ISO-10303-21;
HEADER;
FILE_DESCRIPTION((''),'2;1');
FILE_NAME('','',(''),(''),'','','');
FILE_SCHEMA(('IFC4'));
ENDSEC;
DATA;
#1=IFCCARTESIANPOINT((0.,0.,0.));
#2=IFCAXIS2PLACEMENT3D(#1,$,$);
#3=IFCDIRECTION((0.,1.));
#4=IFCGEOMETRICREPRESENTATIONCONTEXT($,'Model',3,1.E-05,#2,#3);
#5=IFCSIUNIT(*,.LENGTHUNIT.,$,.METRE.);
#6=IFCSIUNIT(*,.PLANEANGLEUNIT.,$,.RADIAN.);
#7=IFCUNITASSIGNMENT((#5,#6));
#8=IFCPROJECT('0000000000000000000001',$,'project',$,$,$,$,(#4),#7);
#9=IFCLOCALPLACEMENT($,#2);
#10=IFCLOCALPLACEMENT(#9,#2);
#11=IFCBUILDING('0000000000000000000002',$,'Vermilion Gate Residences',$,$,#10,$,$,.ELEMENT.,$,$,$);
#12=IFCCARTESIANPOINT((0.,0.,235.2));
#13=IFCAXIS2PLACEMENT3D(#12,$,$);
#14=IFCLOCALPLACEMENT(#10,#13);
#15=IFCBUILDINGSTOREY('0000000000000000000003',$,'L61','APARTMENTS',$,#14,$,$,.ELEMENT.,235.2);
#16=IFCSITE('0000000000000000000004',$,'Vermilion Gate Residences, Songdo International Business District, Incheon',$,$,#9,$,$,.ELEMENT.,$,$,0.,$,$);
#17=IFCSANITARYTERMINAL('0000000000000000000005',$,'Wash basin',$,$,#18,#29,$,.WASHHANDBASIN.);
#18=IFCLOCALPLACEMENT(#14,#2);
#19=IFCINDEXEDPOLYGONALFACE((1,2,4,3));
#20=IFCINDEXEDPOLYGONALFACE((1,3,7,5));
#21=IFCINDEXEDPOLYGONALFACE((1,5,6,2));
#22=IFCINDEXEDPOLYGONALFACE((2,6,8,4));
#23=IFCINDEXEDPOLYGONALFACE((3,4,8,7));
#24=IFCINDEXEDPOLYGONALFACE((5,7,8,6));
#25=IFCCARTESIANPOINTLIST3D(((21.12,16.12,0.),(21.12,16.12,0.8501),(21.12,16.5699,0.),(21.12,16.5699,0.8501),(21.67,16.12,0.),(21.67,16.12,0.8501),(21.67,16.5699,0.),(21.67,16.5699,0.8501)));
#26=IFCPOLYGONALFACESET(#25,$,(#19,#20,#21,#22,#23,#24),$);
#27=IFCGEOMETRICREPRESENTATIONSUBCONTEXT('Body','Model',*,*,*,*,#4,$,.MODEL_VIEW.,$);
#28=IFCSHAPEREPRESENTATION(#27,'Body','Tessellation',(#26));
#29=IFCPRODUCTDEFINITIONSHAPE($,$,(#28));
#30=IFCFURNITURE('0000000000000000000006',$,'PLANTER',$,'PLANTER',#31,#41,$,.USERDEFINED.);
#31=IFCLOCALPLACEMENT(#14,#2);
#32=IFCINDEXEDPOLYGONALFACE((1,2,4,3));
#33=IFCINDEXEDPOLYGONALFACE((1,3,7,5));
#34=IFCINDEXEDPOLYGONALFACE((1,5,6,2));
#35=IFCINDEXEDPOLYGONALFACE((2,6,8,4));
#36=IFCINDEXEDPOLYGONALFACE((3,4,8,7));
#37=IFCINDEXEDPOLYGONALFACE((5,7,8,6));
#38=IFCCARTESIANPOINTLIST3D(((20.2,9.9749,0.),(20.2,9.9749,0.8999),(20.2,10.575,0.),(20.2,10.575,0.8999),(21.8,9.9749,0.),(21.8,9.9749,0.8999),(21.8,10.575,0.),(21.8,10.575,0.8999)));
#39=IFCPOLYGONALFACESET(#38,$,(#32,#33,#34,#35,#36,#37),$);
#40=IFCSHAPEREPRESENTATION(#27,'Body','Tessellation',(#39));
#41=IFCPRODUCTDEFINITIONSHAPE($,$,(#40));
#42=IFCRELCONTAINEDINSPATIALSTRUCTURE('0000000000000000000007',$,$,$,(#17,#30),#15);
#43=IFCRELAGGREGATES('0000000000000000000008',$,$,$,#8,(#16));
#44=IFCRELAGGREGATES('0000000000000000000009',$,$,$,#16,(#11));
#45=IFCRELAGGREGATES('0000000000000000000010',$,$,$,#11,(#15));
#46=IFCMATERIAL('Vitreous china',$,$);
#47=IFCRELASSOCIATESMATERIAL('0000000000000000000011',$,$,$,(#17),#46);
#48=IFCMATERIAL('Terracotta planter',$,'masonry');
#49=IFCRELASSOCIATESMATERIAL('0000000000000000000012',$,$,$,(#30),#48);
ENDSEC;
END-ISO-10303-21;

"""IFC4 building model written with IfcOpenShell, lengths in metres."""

from ifc_helpers import new_model, si_unit, direction, frame, origin, origin_2d, place, context, subcontext, project, spatial, rectangle, extrude, material, element, save


model = new_model("IFC4")

# Units and contexts
model_context = context("Model", 3, precision=1e-05, world=origin(), true_north=direction((0.0, 1.0)))
body_context = subcontext(model_context, "Body", "Model", "MODEL_VIEW")
ifc_project = project(units=[si_unit("LENGTHUNIT", "METRE"), si_unit("PLANEANGLEUNIT", "RADIAN")], contexts=[model_context])

# Site, building, storey
site_placement = place(None, origin())
site = spatial("IfcSite", under=ifc_project, at=site_placement, Name="Vermilion Gate Residences, Songdo International Business District, Incheon", CompositionType="ELEMENT", RefElevation=0.0)
building_placement = place(site_placement, origin())
building = spatial("IfcBuilding", under=site, at=building_placement, Name="Vermilion Gate Residences", CompositionType="ELEMENT")
storey_placement = place(building_placement, frame((0.0, 0.0, 235.2)))
storey = spatial("IfcBuildingStorey", under=building, at=storey_placement, Name="L61", Description="APARTMENTS", CompositionType="ELEMENT", Elevation=235.2)

# Sanitary terminal
ifc_material_1 = material(Name="Vitreous china")
sanitary_terminal_placement = place(storey_placement, frame((21.395, 16.345, 0.0), z_axis=(0.0, 0.0, 1.0), x_axis=(1.0, 0.0, 0.0)))
element("IfcSanitaryTerminal", 1, at=sanitary_terminal_placement, inside=storey, material=ifc_material_1, Name="Wash basin", PredefinedType="WASHHANDBASIN", context=body_context, shape_type="SweptSolid", body=[
    extrude(rectangle(XDim=0.55, YDim=0.45, at=origin_2d()), origin(), (0.0, 0.0, 1.0), 0.8501),
])

# Furniture
ifc_material_2 = material(Name="Terracotta planter", Category="masonry")
furniture_placement = place(storey_placement, frame((21.0, 10.2749, 0.0), z_axis=(0.0, 0.0, 1.0), x_axis=(1.0, 0.0, 0.0)))
element("IfcFurniture", 2, at=furniture_placement, inside=storey, material=ifc_material_2, Name="PLANTER", ObjectType="PLANTER", PredefinedType="USERDEFINED", context=body_context, shape_type="SweptSolid", body=[
    extrude(rectangle(XDim=1.6001, YDim=0.6001, at=origin_2d()), origin(), (0.0, 0.0, 1.0), 0.8999),
])

save(model, "model.ifc")
